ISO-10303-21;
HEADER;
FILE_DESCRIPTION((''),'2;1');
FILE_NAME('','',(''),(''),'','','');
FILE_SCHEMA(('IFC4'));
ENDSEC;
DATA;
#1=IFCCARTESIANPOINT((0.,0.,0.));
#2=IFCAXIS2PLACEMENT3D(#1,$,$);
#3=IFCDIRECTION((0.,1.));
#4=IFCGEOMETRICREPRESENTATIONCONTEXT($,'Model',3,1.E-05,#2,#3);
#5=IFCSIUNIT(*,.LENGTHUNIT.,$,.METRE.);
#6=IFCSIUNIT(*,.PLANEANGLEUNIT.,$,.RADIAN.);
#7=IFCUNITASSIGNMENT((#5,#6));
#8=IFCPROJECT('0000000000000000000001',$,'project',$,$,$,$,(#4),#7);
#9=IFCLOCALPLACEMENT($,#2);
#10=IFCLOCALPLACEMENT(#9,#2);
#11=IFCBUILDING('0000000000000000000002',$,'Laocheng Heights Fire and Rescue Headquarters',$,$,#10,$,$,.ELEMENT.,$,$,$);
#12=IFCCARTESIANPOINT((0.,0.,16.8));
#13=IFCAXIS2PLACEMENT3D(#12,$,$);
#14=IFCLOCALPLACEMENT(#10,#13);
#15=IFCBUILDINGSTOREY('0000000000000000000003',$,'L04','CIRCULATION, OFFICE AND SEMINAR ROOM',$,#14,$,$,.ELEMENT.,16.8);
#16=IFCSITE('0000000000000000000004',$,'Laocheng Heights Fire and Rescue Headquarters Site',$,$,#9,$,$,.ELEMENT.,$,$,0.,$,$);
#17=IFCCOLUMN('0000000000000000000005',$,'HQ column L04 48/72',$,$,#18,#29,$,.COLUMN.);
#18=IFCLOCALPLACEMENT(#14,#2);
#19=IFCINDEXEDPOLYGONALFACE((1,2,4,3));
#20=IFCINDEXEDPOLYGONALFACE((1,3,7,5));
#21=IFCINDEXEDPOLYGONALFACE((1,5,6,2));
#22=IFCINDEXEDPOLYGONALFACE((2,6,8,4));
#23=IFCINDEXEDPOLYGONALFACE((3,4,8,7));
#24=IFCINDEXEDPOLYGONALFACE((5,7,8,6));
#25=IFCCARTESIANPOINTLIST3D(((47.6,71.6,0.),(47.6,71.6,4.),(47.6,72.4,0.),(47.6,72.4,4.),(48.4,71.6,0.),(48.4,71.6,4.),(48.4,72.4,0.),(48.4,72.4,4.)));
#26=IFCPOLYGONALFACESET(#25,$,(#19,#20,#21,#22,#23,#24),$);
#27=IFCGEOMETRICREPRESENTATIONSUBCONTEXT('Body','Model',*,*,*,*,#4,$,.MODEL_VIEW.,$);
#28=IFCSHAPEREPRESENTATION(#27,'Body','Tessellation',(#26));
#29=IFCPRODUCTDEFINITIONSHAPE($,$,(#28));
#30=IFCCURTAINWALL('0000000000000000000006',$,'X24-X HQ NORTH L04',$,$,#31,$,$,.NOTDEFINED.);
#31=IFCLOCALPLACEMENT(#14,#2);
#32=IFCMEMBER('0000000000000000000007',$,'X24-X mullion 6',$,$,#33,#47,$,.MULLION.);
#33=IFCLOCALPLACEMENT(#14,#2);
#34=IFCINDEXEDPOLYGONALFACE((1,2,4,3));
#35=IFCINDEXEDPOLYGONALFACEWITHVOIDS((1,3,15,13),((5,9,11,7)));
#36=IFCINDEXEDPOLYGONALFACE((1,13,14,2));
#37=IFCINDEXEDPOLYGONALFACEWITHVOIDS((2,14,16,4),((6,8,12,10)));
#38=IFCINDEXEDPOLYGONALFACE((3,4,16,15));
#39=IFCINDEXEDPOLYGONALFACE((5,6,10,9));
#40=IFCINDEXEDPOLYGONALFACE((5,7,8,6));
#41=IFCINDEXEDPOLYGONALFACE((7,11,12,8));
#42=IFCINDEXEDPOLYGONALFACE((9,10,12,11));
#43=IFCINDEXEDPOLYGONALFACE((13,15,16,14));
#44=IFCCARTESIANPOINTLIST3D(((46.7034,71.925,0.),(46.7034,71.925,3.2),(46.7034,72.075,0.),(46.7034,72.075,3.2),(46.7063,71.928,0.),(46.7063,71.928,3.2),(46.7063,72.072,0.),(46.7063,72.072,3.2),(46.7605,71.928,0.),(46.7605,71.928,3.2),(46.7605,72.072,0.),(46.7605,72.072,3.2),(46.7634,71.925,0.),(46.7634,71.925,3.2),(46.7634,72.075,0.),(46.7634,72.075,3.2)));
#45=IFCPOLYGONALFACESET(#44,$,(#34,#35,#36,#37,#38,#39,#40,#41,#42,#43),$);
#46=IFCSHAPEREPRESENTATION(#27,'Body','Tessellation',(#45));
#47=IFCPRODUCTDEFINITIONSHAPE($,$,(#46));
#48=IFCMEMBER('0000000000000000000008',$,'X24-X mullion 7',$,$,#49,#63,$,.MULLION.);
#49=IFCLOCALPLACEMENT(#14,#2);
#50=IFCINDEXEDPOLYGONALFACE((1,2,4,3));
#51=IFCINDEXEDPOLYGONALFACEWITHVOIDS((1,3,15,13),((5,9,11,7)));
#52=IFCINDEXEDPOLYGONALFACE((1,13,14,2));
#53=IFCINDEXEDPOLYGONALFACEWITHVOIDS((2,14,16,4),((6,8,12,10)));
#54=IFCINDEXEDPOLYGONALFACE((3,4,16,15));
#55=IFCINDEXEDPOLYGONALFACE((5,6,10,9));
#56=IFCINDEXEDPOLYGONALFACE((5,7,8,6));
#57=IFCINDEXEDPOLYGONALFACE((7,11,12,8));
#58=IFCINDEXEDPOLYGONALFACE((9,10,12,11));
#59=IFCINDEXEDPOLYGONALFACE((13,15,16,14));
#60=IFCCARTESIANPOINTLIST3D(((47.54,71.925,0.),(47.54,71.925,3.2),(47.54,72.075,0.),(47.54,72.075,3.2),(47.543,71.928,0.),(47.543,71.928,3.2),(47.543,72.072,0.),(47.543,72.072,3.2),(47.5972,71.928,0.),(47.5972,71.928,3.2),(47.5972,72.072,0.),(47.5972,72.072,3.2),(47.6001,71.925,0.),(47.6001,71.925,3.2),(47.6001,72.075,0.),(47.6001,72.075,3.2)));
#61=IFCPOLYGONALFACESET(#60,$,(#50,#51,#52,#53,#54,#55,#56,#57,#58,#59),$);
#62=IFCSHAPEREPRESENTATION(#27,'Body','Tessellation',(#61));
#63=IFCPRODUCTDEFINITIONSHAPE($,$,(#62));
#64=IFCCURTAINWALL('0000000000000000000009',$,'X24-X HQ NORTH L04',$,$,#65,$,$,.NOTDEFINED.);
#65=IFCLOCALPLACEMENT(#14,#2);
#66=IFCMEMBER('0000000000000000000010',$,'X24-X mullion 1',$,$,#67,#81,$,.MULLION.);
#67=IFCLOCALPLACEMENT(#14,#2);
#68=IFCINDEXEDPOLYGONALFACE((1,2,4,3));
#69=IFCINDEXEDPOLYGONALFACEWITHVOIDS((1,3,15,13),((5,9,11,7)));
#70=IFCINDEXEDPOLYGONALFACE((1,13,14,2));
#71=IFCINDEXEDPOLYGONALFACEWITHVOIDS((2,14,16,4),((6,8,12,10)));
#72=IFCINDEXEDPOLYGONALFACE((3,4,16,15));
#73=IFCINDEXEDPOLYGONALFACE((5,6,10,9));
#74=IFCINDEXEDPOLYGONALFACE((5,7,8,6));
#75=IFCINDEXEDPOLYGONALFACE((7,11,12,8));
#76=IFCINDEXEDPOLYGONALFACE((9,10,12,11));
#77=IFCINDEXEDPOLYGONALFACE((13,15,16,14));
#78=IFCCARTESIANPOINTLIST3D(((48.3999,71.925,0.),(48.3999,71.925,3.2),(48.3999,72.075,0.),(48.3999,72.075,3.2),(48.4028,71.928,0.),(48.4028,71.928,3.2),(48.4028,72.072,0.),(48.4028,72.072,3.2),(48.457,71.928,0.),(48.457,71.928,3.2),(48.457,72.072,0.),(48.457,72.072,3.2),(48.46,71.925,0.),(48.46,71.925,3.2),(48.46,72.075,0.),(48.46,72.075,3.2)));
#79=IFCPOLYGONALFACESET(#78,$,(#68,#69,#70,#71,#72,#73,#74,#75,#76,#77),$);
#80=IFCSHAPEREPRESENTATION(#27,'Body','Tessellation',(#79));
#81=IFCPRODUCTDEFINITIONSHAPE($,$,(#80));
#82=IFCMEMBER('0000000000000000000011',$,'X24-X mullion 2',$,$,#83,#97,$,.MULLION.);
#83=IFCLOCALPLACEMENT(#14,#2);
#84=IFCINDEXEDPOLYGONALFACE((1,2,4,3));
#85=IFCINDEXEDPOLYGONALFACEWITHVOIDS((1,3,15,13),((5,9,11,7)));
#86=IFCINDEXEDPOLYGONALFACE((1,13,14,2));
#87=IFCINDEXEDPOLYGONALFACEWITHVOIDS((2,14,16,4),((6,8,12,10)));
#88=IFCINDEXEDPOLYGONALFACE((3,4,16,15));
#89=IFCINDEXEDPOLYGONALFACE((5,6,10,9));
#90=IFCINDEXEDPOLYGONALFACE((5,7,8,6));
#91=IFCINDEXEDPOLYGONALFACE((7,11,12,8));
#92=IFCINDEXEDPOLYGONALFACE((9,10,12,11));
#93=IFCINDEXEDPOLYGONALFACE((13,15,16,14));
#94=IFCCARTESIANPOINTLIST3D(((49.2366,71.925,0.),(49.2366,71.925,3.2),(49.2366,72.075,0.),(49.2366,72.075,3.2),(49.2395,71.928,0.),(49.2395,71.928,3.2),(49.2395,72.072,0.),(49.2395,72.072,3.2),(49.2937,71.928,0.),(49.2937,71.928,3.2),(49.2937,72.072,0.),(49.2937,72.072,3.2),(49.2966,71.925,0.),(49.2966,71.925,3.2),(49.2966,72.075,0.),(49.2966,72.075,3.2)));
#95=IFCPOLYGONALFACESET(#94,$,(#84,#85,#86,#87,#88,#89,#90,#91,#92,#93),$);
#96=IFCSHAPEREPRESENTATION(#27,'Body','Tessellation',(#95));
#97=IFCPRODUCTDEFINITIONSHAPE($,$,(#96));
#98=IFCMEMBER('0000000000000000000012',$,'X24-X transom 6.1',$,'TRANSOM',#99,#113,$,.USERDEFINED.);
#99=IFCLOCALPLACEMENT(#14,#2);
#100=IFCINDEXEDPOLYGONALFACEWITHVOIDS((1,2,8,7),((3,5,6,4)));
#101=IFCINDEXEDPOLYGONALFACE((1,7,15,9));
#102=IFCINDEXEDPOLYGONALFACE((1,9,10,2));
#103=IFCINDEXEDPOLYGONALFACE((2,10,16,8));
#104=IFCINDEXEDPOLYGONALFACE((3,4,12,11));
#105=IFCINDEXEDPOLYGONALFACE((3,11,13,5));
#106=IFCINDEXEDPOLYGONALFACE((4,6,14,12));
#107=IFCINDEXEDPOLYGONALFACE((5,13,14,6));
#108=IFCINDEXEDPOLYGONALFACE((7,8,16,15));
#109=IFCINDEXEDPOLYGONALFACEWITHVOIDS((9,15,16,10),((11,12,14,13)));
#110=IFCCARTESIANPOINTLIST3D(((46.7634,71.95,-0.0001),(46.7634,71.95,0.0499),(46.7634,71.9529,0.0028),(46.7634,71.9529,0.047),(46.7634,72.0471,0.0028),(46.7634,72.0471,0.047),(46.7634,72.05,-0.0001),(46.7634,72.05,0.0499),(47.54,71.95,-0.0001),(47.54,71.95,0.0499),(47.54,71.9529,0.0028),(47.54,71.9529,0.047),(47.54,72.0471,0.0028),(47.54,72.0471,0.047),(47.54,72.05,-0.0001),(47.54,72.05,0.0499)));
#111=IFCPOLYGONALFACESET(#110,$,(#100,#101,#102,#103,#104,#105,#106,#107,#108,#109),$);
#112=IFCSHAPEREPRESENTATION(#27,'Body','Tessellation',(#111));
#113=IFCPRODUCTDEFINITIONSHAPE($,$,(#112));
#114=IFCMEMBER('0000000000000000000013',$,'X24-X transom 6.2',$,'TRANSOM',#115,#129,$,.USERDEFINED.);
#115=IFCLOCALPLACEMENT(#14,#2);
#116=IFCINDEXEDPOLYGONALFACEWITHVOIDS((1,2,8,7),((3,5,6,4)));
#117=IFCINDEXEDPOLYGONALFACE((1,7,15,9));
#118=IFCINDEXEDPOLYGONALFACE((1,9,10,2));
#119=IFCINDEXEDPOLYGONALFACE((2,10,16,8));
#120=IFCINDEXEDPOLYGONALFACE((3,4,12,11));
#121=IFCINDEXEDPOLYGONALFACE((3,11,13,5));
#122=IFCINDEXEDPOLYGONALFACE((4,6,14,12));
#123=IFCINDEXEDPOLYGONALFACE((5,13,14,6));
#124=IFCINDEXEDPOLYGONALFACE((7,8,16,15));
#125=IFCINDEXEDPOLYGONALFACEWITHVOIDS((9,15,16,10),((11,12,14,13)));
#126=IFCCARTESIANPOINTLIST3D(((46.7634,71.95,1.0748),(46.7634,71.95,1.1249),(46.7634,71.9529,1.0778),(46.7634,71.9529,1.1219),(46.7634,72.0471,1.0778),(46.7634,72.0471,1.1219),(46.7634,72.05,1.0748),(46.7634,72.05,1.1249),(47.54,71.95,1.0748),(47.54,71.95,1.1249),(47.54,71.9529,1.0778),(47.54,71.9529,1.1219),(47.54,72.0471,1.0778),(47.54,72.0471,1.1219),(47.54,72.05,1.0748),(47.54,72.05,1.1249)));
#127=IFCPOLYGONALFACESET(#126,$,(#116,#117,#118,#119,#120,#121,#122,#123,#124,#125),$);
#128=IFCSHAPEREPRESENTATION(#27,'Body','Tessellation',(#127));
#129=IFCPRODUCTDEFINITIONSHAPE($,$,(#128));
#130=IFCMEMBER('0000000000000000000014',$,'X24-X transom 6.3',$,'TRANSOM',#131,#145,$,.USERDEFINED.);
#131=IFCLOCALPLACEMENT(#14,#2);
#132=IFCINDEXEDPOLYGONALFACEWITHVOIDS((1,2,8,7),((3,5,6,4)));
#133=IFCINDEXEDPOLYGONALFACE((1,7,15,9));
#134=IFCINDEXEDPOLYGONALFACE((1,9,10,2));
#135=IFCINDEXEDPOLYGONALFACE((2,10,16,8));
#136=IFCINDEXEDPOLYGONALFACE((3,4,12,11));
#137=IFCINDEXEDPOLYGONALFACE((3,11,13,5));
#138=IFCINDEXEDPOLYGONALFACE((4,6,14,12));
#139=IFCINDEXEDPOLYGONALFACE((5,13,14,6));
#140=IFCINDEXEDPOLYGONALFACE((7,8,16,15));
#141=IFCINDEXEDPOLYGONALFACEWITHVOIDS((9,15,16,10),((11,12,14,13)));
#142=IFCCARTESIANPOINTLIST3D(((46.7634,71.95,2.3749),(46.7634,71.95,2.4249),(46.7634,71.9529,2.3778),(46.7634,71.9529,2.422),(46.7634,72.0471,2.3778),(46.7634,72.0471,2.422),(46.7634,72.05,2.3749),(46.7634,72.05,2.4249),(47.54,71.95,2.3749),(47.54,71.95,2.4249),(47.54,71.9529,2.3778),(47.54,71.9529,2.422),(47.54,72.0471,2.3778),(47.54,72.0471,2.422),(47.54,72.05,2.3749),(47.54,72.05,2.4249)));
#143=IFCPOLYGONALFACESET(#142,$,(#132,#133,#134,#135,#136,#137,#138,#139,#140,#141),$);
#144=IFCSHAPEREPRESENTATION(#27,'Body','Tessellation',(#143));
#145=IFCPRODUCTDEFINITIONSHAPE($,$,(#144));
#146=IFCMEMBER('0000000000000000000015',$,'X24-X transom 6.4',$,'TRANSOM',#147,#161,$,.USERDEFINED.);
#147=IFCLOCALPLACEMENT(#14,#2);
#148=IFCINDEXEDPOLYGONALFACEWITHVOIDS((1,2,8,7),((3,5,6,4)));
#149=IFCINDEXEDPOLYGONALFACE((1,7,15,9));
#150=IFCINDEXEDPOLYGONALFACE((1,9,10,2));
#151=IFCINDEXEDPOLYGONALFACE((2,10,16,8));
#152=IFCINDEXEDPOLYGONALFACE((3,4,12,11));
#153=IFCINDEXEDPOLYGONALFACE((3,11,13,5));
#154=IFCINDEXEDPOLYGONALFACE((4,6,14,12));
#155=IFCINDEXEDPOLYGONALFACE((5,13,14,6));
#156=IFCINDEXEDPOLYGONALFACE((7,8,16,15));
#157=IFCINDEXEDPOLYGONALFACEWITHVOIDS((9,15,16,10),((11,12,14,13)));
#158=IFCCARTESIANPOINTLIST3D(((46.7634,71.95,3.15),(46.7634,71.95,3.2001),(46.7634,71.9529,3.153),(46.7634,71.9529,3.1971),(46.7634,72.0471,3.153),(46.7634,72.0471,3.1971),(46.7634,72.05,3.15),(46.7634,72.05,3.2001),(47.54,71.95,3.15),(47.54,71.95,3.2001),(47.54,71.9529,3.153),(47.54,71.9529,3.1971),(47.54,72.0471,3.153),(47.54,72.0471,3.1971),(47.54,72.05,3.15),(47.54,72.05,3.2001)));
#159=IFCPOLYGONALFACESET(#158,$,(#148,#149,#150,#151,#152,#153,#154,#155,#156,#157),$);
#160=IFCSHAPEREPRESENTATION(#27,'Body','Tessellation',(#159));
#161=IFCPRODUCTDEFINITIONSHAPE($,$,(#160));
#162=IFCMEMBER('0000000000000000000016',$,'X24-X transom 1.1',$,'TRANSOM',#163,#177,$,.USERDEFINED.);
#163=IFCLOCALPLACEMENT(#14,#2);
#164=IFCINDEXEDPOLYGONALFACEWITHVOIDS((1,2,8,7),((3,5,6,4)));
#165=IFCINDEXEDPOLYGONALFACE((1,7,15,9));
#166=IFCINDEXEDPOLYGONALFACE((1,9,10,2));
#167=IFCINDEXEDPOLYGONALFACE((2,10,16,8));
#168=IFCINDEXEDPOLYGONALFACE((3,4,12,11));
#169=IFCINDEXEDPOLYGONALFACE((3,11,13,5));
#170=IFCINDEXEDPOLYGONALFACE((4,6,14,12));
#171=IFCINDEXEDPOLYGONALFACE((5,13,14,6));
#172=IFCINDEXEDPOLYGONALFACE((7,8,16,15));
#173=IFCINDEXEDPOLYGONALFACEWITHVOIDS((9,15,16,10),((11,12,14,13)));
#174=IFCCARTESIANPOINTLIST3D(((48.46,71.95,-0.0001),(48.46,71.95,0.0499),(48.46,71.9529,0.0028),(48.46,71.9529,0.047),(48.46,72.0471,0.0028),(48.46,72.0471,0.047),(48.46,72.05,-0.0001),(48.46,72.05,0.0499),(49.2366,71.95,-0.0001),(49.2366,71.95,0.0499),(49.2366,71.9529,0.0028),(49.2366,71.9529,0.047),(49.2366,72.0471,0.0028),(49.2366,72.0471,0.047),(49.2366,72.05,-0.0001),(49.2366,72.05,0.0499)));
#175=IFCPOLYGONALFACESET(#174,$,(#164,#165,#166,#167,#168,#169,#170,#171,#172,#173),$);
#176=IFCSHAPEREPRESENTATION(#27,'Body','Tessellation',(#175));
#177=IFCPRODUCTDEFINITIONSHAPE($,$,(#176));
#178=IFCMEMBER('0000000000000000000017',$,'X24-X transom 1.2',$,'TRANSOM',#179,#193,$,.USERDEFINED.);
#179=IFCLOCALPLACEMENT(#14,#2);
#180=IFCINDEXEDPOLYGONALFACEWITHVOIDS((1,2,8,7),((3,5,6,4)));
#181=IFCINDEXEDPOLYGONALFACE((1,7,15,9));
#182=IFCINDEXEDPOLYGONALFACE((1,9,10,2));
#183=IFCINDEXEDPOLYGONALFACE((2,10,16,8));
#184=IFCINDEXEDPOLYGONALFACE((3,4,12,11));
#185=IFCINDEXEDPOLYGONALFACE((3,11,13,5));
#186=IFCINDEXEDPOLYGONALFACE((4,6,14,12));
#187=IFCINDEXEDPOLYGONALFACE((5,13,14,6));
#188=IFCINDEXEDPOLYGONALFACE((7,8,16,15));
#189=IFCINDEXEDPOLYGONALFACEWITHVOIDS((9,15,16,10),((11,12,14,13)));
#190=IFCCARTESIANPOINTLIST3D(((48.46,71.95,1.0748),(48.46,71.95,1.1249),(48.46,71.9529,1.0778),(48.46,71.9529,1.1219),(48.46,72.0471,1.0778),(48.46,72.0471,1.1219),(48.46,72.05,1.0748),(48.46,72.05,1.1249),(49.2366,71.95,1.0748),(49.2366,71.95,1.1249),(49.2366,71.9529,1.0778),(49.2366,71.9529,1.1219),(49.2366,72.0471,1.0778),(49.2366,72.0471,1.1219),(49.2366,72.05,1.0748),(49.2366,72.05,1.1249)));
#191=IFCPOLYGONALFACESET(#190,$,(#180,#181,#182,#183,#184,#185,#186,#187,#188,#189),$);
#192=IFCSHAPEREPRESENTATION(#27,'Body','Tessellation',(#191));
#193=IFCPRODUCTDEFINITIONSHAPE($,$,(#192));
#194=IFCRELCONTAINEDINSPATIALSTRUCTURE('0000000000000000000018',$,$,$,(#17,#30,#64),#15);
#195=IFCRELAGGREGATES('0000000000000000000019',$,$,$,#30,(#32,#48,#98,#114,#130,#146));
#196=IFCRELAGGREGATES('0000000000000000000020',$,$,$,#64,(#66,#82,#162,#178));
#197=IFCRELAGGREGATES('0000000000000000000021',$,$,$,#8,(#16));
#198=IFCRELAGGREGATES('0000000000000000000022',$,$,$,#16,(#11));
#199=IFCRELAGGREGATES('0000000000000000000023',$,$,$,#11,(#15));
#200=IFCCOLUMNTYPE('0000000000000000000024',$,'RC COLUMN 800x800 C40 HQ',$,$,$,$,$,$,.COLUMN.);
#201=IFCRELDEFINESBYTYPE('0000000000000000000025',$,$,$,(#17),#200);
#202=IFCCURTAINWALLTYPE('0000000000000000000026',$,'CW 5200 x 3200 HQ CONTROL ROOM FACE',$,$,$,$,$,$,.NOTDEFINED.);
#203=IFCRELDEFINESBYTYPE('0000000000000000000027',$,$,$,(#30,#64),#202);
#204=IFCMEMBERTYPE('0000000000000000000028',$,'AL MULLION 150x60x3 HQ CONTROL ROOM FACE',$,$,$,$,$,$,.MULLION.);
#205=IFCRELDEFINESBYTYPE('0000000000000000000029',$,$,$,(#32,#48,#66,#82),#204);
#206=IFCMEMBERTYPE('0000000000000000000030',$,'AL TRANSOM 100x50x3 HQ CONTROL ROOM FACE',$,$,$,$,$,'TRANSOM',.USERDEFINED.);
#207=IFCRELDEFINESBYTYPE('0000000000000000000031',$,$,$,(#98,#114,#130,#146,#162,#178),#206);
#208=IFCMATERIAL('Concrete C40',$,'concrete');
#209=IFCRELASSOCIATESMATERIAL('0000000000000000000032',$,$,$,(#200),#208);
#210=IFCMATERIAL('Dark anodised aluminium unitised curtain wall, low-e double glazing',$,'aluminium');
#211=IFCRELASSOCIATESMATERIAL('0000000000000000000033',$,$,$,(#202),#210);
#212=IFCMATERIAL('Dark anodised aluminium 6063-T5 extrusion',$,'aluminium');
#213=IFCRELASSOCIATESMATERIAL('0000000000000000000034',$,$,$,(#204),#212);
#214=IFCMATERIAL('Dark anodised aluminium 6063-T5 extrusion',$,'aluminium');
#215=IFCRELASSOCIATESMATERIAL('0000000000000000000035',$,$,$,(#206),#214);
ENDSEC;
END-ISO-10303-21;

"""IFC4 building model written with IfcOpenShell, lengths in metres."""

from ifc_helpers import new_model, si_unit, direction, frame, origin, origin_2d, place, context, subcontext, project, spatial, rectangle, hollow_rectangle, extrude, material, material_profile, profile_set, type_object, element, aggregate, save


model = new_model("IFC4")

# Units and contexts
model_context = context("Model", 3, precision=1e-05, world=origin(), true_north=direction((0.0, 1.0)))
body_context = subcontext(model_context, "Body", "Model", "MODEL_VIEW")
ifc_project = project(units=[si_unit("LENGTHUNIT", "METRE"), si_unit("PLANEANGLEUNIT", "RADIAN")], contexts=[model_context])

# Site, building, storey
site_placement = place(None, origin())
site = spatial("IfcSite", under=ifc_project, at=site_placement, Name="Laocheng Heights Fire and Rescue Headquarters Site", CompositionType="ELEMENT", RefElevation=0.0)
building_placement = place(site_placement, origin())
building = spatial("IfcBuilding", under=site, at=building_placement, Name="Laocheng Heights Fire and Rescue Headquarters", CompositionType="ELEMENT")
storey_placement = place(building_placement, frame((0.0, 0.0, 16.8)))
storey = spatial("IfcBuildingStorey", under=building, at=storey_placement, Name="L04", Description="CIRCULATION, OFFICE AND SEMINAR ROOM", CompositionType="ELEMENT", Elevation=16.8)

# Column
ifc_material_1 = material(Name="Concrete C40", Category="concrete")
ifc_material_profile_1 = material_profile(ifc_material_1, rectangle(XDim=0.8, YDim=0.8, at=origin_2d()), Name="RC COLUMN 800x800 C40 HQ")
ifc_profile_set_1 = profile_set([ifc_material_profile_1], Name="Concrete C40")
column_type = type_object("IfcColumnType", Name="RC COLUMN 800x800 C40 HQ", PredefinedType="COLUMN", material=ifc_profile_set_1)
column_placement = place(storey_placement, frame((48.0, 72.0, 0.0), z_axis=(0.0, 0.0, 1.0), x_axis=(1.0, 0.0, 0.0)))
element("IfcColumn", 1, at=column_placement, inside=storey, type_object=column_type, Name="HQ column L04 48/72", PredefinedType="COLUMN", context=body_context, shape_type="SweptSolid", body=[
    extrude(rectangle(XDim=0.8, YDim=0.8, at=origin_2d()), origin(), (0.0, 0.0, 1.0), 4.0),
])

# Curtain walls, members
ifc_material_2 = material(Name="Dark anodised aluminium unitised curtain wall, low-e double glazing", Category="aluminium")
curtain_wall_type = type_object("IfcCurtainWallType", Name="CW 5200 x 3200 HQ CONTROL ROOM FACE", PredefinedType="NOTDEFINED", material=ifc_material_2)
curtain_wall_1_placement = place(storey_placement, origin())
curtain_wall_1 = element("IfcCurtainWall", 2, at=curtain_wall_1_placement, inside=storey, type_object=curtain_wall_type, Name="X24-X HQ NORTH L04", PredefinedType="NOTDEFINED")
ifc_material_3 = material(Name="Dark anodised aluminium 6063-T5 extrusion", Category="aluminium")
ifc_material_profile_2 = material_profile(ifc_material_3, hollow_rectangle(XDim=0.1499, YDim=0.0601, WallThickness=0.0029, at=origin_2d()), Name="AL MULLION 150x60x3 HQ CONTROL ROOM FACE")
ifc_profile_set_2 = profile_set([ifc_material_profile_2], Name="Dark anodised aluminium 6063-T5 extrusion")
member_type_1 = type_object("IfcMemberType", Name="AL MULLION 150x60x3 HQ CONTROL ROOM FACE", PredefinedType="MULLION", material=ifc_profile_set_2)
member_1_placement = place(storey_placement, frame((46.7334, 72.0, 0.0), z_axis=(0.0, 0.0, 1.0), x_axis=(0.0, 1.0, 0.0)))
member_1 = element("IfcMember", 3, at=member_1_placement, type_object=member_type_1, Name="X24-X mullion 6", PredefinedType="MULLION", context=body_context, shape_type="SweptSolid", body=[
    extrude(hollow_rectangle(XDim=0.1499, YDim=0.0601, WallThickness=0.0029, at=origin_2d()), origin(), (0.0, 0.0, 1.0), 3.2),
])
member_2_placement = place(storey_placement, frame((47.5701, 72.0, 0.0), z_axis=(0.0, 0.0, 1.0), x_axis=(0.0, 1.0, 0.0)))
member_2 = element("IfcMember", 4, at=member_2_placement, type_object=member_type_1, Name="X24-X mullion 7", PredefinedType="MULLION", context=body_context, shape_type="SweptSolid", body=[
    extrude(hollow_rectangle(XDim=0.1499, YDim=0.0601, WallThickness=0.0029, at=origin_2d()), origin(), (0.0, 0.0, 1.0), 3.2),
])
curtain_wall_2_placement = place(storey_placement, origin())
curtain_wall_2 = element("IfcCurtainWall", 5, at=curtain_wall_2_placement, inside=storey, type_object=curtain_wall_type, Name="X24-X HQ NORTH L04", PredefinedType="NOTDEFINED")
member_3_placement = place(storey_placement, frame((48.4299, 72.0, 0.0), z_axis=(0.0, 0.0, 1.0), x_axis=(0.0, 1.0, 0.0)))
member_3 = element("IfcMember", 6, at=member_3_placement, type_object=member_type_1, Name="X24-X mullion 1", PredefinedType="MULLION", context=body_context, shape_type="SweptSolid", body=[
    extrude(hollow_rectangle(XDim=0.1499, YDim=0.0601, WallThickness=0.0029, at=origin_2d()), origin(), (0.0, 0.0, 1.0), 3.2),
])
member_4_placement = place(storey_placement, frame((49.2666, 72.0, 0.0), z_axis=(0.0, 0.0, 1.0), x_axis=(0.0, 1.0, 0.0)))
member_4 = element("IfcMember", 7, at=member_4_placement, type_object=member_type_1, Name="X24-X mullion 2", PredefinedType="MULLION", context=body_context, shape_type="SweptSolid", body=[
    extrude(hollow_rectangle(XDim=0.1499, YDim=0.0601, WallThickness=0.0029, at=origin_2d()), origin(), (0.0, 0.0, 1.0), 3.2),
])

# Members
ifc_material_4 = material(Name="Dark anodised aluminium 6063-T5 extrusion", Category="aluminium")
ifc_material_profile_3 = material_profile(ifc_material_4, hollow_rectangle(XDim=0.1001, YDim=0.05, WallThickness=0.0029, at=origin_2d()), Name="AL TRANSOM 100x50x3 HQ CONTROL ROOM FACE")
ifc_profile_set_3 = profile_set([ifc_material_profile_3], Name="Dark anodised aluminium 6063-T5 extrusion")
member_type_2 = type_object("IfcMemberType", Name="AL TRANSOM 100x50x3 HQ CONTROL ROOM FACE", ElementType="TRANSOM", PredefinedType="USERDEFINED", material=ifc_profile_set_3)
member_5_placement = place(storey_placement, frame((46.7634, 72.0, 0.0249), z_axis=(1.0, 0.0, 0.0), x_axis=(0.0, 1.0, 0.0)))
member_5 = element("IfcMember", 8, at=member_5_placement, type_object=member_type_2, Name="X24-X transom 6.1", ObjectType="TRANSOM", PredefinedType="USERDEFINED", context=body_context, shape_type="SweptSolid", body=[
    extrude(hollow_rectangle(XDim=0.1001, YDim=0.05, WallThickness=0.0029, at=origin_2d()), origin(), (0.0, 0.0, 1.0), 0.7766),
])
member_6_placement = place(storey_placement, frame((46.7634, 72.0, 1.0999), z_axis=(1.0, 0.0, 0.0), x_axis=(0.0, 1.0, 0.0)))
member_6 = element("IfcMember", 9, at=member_6_placement, type_object=member_type_2, Name="X24-X transom 6.2", ObjectType="TRANSOM", PredefinedType="USERDEFINED", context=body_context, shape_type="SweptSolid", body=[
    extrude(hollow_rectangle(XDim=0.1001, YDim=0.05, WallThickness=0.0029, at=origin_2d()), origin(), (0.0, 0.0, 1.0), 0.7766),
])
member_7_placement = place(storey_placement, frame((46.7634, 72.0, 2.3999), z_axis=(1.0, 0.0, 0.0), x_axis=(0.0, 1.0, 0.0)))
member_7 = element("IfcMember", 10, at=member_7_placement, type_object=member_type_2, Name="X24-X transom 6.3", ObjectType="TRANSOM", PredefinedType="USERDEFINED", context=body_context, shape_type="SweptSolid", body=[
    extrude(hollow_rectangle(XDim=0.1001, YDim=0.05, WallThickness=0.0029, at=origin_2d()), origin(), (0.0, 0.0, 1.0), 0.7766),
])
member_8_placement = place(storey_placement, frame((46.7634, 72.0, 3.175), z_axis=(1.0, 0.0, 0.0), x_axis=(0.0, 1.0, 0.0)))
member_8 = element("IfcMember", 11, at=member_8_placement, type_object=member_type_2, Name="X24-X transom 6.4", ObjectType="TRANSOM", PredefinedType="USERDEFINED", context=body_context, shape_type="SweptSolid", body=[
    extrude(hollow_rectangle(XDim=0.1001, YDim=0.05, WallThickness=0.0029, at=origin_2d()), origin(), (0.0, 0.0, 1.0), 0.7766),
])
member_9_placement = place(storey_placement, frame((48.46, 72.0, 0.0249), z_axis=(1.0, 0.0, 0.0), x_axis=(0.0, 1.0, 0.0)))
member_9 = element("IfcMember", 12, at=member_9_placement, type_object=member_type_2, Name="X24-X transom 1.1", ObjectType="TRANSOM", PredefinedType="USERDEFINED", context=body_context, shape_type="SweptSolid", body=[
    extrude(hollow_rectangle(XDim=0.1001, YDim=0.05, WallThickness=0.0029, at=origin_2d()), origin(), (0.0, 0.0, 1.0), 0.7766),
])
member_10_placement = place(storey_placement, frame((48.46, 72.0, 1.0999), z_axis=(1.0, 0.0, 0.0), x_axis=(0.0, 1.0, 0.0)))
member_10 = element("IfcMember", 13, at=member_10_placement, type_object=member_type_2, Name="X24-X transom 1.2", ObjectType="TRANSOM", PredefinedType="USERDEFINED", context=body_context, shape_type="SweptSolid", body=[
    extrude(hollow_rectangle(XDim=0.1001, YDim=0.05, WallThickness=0.0029, at=origin_2d()), origin(), (0.0, 0.0, 1.0), 0.7766),
])

aggregate(curtain_wall_1, [member_1, member_2, member_5, member_6, member_7, member_8])
aggregate(curtain_wall_2, [member_3, member_4, member_9, member_10])

save(model, "model.ifc")
